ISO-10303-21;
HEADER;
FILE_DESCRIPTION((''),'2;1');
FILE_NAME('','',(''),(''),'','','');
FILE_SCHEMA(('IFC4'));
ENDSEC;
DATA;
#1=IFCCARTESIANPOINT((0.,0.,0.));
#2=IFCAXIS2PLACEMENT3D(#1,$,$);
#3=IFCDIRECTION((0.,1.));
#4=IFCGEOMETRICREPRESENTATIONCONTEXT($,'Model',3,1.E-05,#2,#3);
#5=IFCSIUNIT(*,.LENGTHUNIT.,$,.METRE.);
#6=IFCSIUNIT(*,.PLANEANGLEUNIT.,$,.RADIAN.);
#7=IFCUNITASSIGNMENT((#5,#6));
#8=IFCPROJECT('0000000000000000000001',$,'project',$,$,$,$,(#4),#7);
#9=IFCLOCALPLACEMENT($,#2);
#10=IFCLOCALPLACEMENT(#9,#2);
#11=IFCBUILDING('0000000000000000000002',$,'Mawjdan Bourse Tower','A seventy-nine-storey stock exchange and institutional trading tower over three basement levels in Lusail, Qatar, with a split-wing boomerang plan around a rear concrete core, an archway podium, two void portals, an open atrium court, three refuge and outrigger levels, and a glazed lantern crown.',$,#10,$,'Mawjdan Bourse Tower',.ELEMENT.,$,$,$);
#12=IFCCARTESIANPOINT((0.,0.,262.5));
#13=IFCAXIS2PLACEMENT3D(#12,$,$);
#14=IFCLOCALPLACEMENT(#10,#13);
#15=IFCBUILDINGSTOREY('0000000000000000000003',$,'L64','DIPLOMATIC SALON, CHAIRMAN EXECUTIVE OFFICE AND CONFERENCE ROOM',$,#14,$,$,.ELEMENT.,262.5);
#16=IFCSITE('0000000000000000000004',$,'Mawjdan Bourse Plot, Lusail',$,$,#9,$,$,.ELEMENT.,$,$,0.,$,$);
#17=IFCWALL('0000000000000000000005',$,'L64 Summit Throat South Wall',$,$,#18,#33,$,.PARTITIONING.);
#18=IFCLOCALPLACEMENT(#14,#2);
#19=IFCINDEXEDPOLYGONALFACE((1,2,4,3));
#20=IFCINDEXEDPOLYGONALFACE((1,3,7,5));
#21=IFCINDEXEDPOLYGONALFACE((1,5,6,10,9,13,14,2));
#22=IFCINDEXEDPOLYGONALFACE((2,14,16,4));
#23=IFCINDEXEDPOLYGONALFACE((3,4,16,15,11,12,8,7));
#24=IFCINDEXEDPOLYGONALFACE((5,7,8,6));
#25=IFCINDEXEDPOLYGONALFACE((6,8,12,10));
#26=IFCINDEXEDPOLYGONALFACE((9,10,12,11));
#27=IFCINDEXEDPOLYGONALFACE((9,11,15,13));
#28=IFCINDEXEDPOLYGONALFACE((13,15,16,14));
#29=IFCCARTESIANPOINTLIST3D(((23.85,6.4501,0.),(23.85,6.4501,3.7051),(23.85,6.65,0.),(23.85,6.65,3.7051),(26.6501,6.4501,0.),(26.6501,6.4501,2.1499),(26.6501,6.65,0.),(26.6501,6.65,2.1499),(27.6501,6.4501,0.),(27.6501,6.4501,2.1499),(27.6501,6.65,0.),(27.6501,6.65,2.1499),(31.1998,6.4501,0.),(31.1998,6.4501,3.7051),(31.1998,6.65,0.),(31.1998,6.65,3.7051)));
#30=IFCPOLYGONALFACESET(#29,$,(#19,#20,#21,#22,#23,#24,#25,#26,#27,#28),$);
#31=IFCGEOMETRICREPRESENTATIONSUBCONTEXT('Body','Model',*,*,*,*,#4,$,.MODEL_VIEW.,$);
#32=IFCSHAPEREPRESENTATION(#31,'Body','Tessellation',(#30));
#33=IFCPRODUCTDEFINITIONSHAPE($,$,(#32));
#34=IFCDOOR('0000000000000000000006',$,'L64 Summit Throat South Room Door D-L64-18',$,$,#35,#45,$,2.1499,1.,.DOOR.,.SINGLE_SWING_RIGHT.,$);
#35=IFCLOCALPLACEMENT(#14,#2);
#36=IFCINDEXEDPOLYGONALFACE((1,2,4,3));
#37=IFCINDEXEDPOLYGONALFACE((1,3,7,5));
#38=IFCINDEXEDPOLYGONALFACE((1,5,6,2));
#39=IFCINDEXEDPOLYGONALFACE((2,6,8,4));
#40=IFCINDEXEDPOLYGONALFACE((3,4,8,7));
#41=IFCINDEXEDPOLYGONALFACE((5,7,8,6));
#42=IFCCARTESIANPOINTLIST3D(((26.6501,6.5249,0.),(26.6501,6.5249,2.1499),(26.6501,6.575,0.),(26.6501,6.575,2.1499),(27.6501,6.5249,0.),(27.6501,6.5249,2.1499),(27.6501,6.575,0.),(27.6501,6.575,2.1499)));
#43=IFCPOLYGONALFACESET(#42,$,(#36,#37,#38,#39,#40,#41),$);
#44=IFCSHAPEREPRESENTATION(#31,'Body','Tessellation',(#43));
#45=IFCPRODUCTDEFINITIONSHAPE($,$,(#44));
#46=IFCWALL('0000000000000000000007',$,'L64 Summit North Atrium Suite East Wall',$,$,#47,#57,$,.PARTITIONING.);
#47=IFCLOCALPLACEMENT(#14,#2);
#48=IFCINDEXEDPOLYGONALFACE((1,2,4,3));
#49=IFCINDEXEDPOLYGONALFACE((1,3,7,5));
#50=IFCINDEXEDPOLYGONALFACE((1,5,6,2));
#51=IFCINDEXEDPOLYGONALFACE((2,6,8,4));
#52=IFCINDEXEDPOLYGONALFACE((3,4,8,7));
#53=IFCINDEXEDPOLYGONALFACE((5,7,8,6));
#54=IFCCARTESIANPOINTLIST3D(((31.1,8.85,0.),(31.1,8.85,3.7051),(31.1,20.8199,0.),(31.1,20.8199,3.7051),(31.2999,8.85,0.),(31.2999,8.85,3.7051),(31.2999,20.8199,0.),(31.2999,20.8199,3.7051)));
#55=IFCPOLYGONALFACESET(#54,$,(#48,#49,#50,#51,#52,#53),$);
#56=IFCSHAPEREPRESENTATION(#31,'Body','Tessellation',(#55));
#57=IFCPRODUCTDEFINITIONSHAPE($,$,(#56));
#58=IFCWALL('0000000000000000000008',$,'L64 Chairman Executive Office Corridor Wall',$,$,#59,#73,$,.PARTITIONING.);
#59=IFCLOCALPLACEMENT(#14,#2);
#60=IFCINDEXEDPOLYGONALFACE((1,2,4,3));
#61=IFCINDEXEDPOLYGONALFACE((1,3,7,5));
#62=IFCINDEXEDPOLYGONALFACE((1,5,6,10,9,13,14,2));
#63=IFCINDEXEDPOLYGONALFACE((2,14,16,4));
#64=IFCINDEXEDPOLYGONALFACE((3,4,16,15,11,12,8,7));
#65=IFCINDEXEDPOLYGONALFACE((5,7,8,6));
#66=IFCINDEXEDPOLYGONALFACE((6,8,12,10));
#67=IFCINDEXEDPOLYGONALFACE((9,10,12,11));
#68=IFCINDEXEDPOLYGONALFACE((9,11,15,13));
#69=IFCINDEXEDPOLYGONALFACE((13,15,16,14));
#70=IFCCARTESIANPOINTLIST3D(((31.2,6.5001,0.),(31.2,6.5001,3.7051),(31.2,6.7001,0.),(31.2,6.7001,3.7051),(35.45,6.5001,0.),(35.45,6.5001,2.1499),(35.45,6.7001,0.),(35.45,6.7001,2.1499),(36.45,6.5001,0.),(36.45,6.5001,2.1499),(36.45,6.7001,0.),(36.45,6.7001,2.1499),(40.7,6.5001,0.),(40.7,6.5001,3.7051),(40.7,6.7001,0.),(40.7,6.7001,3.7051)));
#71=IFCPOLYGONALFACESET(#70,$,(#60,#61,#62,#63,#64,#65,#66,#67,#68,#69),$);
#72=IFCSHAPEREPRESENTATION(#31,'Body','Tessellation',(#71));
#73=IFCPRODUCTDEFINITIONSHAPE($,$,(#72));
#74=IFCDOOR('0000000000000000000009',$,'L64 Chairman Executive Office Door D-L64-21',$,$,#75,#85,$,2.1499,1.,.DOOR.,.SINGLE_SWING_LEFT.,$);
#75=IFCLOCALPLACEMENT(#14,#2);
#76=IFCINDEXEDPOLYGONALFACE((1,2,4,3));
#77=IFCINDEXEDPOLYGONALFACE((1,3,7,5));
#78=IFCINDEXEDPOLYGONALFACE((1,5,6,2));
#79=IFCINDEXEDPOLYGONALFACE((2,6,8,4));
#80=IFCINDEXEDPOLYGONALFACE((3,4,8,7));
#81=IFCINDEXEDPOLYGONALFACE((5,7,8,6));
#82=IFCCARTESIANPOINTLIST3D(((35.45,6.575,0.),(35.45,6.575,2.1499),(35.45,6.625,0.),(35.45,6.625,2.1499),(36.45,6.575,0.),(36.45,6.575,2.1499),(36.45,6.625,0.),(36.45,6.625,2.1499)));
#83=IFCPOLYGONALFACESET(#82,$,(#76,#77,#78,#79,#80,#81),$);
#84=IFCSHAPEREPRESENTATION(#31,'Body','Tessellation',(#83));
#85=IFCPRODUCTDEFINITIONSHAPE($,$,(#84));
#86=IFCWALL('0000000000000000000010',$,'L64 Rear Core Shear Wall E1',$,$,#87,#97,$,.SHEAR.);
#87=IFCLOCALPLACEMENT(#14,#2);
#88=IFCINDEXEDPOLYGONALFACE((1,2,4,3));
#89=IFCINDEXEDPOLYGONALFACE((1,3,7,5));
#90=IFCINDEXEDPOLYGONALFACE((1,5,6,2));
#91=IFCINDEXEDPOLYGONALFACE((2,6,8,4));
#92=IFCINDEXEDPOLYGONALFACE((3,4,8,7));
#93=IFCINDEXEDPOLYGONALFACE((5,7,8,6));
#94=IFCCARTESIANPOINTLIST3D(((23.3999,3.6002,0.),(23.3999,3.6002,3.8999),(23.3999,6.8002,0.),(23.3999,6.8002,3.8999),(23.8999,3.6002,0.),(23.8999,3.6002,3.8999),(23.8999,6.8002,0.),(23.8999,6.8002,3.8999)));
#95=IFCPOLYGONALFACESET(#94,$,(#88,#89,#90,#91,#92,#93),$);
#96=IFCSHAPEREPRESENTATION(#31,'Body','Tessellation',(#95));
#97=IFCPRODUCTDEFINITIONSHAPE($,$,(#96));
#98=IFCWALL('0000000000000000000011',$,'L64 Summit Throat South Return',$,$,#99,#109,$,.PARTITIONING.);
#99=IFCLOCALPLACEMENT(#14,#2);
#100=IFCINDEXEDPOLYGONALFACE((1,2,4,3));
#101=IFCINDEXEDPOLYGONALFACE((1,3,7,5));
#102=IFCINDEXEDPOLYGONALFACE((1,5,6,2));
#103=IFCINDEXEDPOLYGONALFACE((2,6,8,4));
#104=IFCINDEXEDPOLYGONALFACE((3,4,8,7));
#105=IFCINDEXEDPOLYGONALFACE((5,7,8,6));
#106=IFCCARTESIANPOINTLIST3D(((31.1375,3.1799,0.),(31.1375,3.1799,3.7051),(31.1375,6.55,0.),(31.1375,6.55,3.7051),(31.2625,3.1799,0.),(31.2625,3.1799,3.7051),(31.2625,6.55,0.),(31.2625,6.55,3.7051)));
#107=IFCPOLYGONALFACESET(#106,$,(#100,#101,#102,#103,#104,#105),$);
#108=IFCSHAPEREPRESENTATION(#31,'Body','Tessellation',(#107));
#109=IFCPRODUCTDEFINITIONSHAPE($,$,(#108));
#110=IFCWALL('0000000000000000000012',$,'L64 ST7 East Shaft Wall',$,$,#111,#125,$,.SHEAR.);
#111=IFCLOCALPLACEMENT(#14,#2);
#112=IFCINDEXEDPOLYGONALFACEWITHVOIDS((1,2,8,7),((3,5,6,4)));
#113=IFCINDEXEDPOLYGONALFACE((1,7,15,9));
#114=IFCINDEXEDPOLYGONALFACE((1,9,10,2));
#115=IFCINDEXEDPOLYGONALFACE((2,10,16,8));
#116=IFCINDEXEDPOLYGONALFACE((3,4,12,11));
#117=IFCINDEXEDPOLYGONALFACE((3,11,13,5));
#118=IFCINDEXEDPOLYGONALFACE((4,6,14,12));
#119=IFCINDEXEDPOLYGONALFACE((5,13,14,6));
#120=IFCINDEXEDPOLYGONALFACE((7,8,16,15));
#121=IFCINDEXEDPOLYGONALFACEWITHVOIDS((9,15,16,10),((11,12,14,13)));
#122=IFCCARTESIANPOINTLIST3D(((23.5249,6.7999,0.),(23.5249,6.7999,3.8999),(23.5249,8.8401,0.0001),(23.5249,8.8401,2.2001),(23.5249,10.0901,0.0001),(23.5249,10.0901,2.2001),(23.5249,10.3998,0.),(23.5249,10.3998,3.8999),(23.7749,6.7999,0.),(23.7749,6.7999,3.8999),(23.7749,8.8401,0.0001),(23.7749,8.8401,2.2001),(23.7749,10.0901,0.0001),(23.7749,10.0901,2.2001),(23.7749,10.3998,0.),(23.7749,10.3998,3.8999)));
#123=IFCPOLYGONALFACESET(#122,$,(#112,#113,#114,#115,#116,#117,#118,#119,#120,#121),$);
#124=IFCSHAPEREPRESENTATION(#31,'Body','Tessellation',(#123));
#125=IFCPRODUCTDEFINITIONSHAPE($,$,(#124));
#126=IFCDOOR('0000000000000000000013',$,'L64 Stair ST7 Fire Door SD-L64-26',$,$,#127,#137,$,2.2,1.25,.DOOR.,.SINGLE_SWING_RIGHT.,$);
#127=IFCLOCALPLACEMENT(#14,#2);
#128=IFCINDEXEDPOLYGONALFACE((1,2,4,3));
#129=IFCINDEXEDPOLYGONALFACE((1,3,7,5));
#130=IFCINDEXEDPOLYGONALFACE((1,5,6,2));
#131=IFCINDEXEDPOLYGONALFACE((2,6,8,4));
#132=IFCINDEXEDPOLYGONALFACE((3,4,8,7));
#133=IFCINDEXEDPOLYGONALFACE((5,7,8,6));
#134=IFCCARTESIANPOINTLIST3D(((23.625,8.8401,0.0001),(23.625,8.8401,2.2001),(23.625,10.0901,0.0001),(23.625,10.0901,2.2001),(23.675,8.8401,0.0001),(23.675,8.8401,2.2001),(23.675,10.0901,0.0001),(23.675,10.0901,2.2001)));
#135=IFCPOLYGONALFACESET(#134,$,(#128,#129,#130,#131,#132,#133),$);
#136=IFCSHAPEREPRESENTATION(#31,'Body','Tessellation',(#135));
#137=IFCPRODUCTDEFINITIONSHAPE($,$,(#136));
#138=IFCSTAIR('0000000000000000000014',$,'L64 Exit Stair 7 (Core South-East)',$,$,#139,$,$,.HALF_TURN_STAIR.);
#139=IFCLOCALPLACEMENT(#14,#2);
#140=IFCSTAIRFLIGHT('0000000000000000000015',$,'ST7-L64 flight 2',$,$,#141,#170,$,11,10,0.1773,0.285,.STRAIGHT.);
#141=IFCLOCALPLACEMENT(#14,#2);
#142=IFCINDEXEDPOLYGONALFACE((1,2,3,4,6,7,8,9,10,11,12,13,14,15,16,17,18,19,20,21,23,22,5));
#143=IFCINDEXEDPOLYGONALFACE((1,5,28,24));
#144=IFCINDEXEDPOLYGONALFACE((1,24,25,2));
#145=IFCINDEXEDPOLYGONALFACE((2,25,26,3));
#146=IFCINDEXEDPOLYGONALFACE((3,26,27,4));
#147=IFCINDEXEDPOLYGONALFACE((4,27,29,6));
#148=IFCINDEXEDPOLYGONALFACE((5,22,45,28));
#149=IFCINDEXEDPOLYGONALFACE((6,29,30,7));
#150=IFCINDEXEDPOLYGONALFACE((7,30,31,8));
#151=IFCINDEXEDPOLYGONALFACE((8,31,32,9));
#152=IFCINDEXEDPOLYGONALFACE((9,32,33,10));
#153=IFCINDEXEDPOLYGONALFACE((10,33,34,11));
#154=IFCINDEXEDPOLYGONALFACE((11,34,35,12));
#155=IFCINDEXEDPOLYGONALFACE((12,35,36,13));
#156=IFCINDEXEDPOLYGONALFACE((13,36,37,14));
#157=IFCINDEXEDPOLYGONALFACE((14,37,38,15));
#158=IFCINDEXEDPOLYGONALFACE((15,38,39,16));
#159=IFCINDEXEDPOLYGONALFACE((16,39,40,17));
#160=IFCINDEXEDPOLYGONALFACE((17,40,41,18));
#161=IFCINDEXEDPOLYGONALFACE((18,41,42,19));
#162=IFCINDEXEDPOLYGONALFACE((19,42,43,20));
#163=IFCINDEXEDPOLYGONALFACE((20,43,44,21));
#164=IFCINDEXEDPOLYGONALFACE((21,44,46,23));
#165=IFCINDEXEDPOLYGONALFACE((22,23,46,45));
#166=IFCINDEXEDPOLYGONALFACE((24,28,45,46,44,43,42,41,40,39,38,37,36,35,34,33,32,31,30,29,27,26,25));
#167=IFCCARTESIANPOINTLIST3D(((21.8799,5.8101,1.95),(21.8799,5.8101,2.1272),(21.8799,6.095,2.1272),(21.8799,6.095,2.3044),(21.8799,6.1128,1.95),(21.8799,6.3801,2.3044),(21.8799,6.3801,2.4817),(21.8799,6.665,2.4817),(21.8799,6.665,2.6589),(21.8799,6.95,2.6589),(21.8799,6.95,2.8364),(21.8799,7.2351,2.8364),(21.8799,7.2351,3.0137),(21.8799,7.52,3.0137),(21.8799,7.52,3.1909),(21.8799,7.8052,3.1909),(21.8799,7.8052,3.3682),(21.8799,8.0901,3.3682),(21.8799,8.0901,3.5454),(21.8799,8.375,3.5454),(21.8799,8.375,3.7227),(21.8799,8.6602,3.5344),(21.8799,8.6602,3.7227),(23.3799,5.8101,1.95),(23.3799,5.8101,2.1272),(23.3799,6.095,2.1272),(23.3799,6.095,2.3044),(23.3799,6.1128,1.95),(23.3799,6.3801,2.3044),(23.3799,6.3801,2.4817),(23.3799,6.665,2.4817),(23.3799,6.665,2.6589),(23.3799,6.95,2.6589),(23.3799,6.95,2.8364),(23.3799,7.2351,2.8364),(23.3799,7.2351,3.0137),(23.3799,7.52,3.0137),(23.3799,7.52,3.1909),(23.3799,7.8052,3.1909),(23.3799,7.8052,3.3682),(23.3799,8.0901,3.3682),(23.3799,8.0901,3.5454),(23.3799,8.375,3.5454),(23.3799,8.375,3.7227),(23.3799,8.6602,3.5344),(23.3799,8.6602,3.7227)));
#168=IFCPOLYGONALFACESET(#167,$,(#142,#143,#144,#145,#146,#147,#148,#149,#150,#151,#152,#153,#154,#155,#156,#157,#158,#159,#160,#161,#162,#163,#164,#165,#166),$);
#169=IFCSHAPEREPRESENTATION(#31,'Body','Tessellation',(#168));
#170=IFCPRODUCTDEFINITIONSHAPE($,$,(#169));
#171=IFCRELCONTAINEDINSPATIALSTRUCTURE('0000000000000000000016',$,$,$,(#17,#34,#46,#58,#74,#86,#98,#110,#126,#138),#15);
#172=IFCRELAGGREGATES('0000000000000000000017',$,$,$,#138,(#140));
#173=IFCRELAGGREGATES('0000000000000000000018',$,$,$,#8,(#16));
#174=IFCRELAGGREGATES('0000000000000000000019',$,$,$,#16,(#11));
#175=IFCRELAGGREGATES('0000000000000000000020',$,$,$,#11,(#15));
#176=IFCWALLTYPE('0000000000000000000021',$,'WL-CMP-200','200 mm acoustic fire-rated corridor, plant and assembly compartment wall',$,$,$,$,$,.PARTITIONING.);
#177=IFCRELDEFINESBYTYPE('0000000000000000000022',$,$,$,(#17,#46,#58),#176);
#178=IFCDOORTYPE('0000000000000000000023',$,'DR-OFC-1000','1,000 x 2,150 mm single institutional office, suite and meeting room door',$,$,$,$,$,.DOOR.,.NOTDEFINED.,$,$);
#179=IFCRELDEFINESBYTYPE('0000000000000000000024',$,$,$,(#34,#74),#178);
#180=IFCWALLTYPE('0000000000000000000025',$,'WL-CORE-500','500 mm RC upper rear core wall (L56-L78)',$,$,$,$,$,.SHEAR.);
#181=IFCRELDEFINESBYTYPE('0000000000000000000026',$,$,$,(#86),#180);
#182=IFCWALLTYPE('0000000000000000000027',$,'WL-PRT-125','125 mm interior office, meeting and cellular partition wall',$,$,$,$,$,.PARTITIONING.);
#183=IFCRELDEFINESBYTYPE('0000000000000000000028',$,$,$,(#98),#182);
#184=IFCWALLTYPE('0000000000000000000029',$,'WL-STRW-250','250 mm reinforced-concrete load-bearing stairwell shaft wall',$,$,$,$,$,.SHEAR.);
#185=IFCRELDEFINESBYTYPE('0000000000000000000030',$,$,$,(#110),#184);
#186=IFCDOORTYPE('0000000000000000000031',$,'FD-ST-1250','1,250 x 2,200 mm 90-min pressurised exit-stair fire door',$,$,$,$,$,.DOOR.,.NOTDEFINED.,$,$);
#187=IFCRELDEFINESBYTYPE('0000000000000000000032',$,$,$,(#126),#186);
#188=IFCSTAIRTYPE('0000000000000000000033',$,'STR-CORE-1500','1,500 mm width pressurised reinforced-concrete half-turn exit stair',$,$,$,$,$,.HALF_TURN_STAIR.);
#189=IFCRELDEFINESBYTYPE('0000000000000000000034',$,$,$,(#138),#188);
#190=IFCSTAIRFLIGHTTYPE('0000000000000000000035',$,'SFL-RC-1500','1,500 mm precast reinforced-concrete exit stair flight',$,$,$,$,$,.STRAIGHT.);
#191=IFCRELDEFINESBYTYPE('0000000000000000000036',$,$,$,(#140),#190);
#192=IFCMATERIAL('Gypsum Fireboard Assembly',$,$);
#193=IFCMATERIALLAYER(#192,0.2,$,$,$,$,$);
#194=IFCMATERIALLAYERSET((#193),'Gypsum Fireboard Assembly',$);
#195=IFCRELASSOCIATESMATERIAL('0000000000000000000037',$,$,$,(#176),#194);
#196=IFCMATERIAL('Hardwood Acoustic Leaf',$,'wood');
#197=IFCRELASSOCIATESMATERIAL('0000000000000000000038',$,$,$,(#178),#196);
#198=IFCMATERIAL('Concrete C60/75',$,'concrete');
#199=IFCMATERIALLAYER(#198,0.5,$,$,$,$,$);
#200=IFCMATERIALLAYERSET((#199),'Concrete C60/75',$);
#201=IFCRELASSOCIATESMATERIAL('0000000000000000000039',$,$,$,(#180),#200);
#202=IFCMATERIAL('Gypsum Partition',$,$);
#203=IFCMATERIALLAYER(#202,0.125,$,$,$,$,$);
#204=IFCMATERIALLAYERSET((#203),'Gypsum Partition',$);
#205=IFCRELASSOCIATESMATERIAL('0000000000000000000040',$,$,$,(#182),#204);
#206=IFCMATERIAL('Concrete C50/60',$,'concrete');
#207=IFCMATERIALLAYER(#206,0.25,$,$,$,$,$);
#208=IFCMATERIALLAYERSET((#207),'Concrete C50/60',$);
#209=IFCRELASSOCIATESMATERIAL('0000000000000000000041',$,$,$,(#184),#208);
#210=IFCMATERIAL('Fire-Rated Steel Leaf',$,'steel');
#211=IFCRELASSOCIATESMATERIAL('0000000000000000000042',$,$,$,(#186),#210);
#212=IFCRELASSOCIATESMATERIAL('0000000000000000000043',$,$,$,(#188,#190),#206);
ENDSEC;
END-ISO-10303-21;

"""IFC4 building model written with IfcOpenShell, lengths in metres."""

from ifc_helpers import new_model, si_unit, direction, frame, frame_2d, origin, place, context, subcontext, project, spatial, polyline, rectangle, outline, extrude, material, layer, layer_set, type_object, element, fill, aggregate, save


model = new_model("IFC4")

# Units and contexts
model_context = context("Model", 3, precision=1e-05, world=origin(), true_north=direction((0.0, 1.0)))
body_context = subcontext(model_context, "Body", "Model", "MODEL_VIEW")
ifc_project = project(units=[si_unit("LENGTHUNIT", "METRE"), si_unit("PLANEANGLEUNIT", "RADIAN")], contexts=[model_context])

# Site, building, storey
site_placement = place(None, origin())
site = spatial("IfcSite", under=ifc_project, at=site_placement, Name="Mawjdan Bourse Plot, Lusail", CompositionType="ELEMENT", RefElevation=0.0)
building_placement = place(site_placement, origin())
building = spatial("IfcBuilding", under=site, at=building_placement, Name="Mawjdan Bourse Tower", Description="A seventy-nine-storey stock exchange and institutional trading tower over three basement levels in Lusail, Qatar, with a split-wing boomerang plan around a rear concrete core, an archway podium, two void portals, an open atrium court, three refuge and outrigger levels, and a glazed lantern crown.", LongName="Mawjdan Bourse Tower", CompositionType="ELEMENT")
storey_placement = place(building_placement, frame((0.0, 0.0, 262.5)))
storey = spatial("IfcBuildingStorey", under=building, at=storey_placement, Name="L64", Description="DIPLOMATIC SALON, CHAIRMAN EXECUTIVE OFFICE AND CONFERENCE ROOM", CompositionType="ELEMENT", Elevation=262.5)

# Shared definitions
ifc_material_1 = material(Name="Concrete C60/75", Category="concrete")

# Wall, opening, door
ifc_material_2 = material(Name="Gypsum Fireboard Assembly")
ifc_layer_1 = layer(ifc_material_2, 0.2)
ifc_layer_set_1 = layer_set([ifc_layer_1], Name="Gypsum Fireboard Assembly")
wall_type_1 = type_object("IfcWallType", Name="WL-CMP-200", Description="200 mm acoustic fire-rated corridor, plant and assembly compartment wall", PredefinedType="PARTITIONING", material=ifc_layer_set_1)
wall_1_placement = place(storey_placement, frame((23.8501, 6.55, 0.0), z_axis=(0.0, 0.0, 1.0), x_axis=(1.0, 0.0, 0.0)))
wall_1 = element("IfcWall", 1, at=wall_1_placement, inside=storey, type_object=wall_type_1, Name="L64 Summit Throat South Wall", PredefinedType="PARTITIONING", context=body_context, shape_type="SweptSolid", body=[
    extrude(rectangle(XDim=7.3499, YDim=0.2, at=frame_2d((3.6748, 0.0))), origin(), (0.0, 0.0, 1.0), 3.7051),
])
opening_1_placement = place(wall_1_placement, frame((2.8, 0.0, 0.0)))
opening_1 = element("IfcOpeningElement", 2, at=opening_1_placement, cuts=wall_1, PredefinedType="OPENING", context=body_context, shape_type="SweptSolid", body=[
    extrude(rectangle(XDim=1.0, YDim=2.1499, at=frame_2d((0.5, 1.075))), frame((0.0, 0.1099, 0.0), z_axis=(0.0, -1.0, 0.0), x_axis=(1.0, 0.0, 0.0)), (0.0, 0.0, 1.0), 0.22),
])
ifc_material_3 = material(Name="Hardwood Acoustic Leaf", Category="wood")
door_type_1 = type_object("IfcDoorType", Name="DR-OFC-1000", Description="1,000 x 2,150 mm single institutional office, suite and meeting room door", OperationType="NOTDEFINED", PredefinedType="DOOR", material=ifc_material_3)
door_1_placement = place(opening_1_placement, origin())
door_1 = element("IfcDoor", 3, at=door_1_placement, inside=storey, type_object=door_type_1, Name="L64 Summit Throat South Room Door D-L64-18", OperationType="SINGLE_SWING_RIGHT", OverallHeight=2.1499, OverallWidth=1.0, PredefinedType="DOOR", context=body_context, shape_type="SweptSolid", body=[
    extrude(rectangle(XDim=1.0, YDim=2.1499, at=frame_2d((0.5, 1.075))), frame((0.0, 0.0249, 0.0), z_axis=(0.0, -1.0, 0.0), x_axis=(1.0, 0.0, 0.0)), (0.0, 0.0, 1.0), 0.05),
])
fill(opening_1, door_1)

# Wall
wall_2_placement = place(storey_placement, frame((31.2, 8.8501, 0.0), z_axis=(0.0, 0.0, 1.0), x_axis=(0.0, 1.0, 0.0)))
element("IfcWall", 4, at=wall_2_placement, inside=storey, type_object=wall_type_1, Name="L64 Summit North Atrium Suite East Wall", PredefinedType="PARTITIONING", context=body_context, shape_type="SweptSolid", body=[
    extrude(rectangle(XDim=11.97, YDim=0.2, at=frame_2d((5.9849, 0.0))), origin(), (0.0, 0.0, 1.0), 3.7051),
])

# Wall, opening, door
wall_3_placement = place(storey_placement, frame((31.2, 6.6001, 0.0), z_axis=(0.0, 0.0, 1.0), x_axis=(1.0, 0.0, 0.0)))
wall_3 = element("IfcWall", 5, at=wall_3_placement, inside=storey, type_object=wall_type_1, Name="L64 Chairman Executive Office Corridor Wall", PredefinedType="PARTITIONING", context=body_context, shape_type="SweptSolid", body=[
    extrude(rectangle(XDim=9.5, YDim=0.2, at=frame_2d((4.75, 0.0))), origin(), (0.0, 0.0, 1.0), 3.7051),
])
opening_2_placement = place(wall_3_placement, frame((4.25, 0.0, 0.0)))
opening_2 = element("IfcOpeningElement", 6, at=opening_2_placement, cuts=wall_3, PredefinedType="OPENING", context=body_context, shape_type="SweptSolid", body=[
    extrude(rectangle(XDim=1.0, YDim=2.1499, at=frame_2d((0.5, 1.075))), frame((0.0, 0.1099, 0.0), z_axis=(0.0, -1.0, 0.0), x_axis=(1.0, 0.0, 0.0)), (0.0, 0.0, 1.0), 0.22),
])
door_2_placement = place(opening_2_placement, origin())
door_2 = element("IfcDoor", 7, at=door_2_placement, inside=storey, type_object=door_type_1, Name="L64 Chairman Executive Office Door D-L64-21", OperationType="SINGLE_SWING_LEFT", OverallHeight=2.1499, OverallWidth=1.0, PredefinedType="DOOR", context=body_context, shape_type="SweptSolid", body=[
    extrude(rectangle(XDim=1.0, YDim=2.1499, at=frame_2d((0.5, 1.075))), frame((0.0, 0.0249, 0.0), z_axis=(0.0, -1.0, 0.0), x_axis=(1.0, 0.0, 0.0)), (0.0, 0.0, 1.0), 0.05),
])
fill(opening_2, door_2)

# Walls
ifc_layer_2 = layer(ifc_material_1, 0.5)
ifc_layer_set_2 = layer_set([ifc_layer_2], Name="Concrete C60/75")
wall_type_2 = type_object("IfcWallType", Name="WL-CORE-500", Description="500 mm RC upper rear core wall (L56-L78)", PredefinedType="SHEAR", material=ifc_layer_set_2)
wall_4_placement = place(storey_placement, frame((23.6499, 3.6001, 0.0), z_axis=(0.0, 0.0, 1.0), x_axis=(0.0, 1.0, 0.0)))
element("IfcWall", 8, at=wall_4_placement, inside=storey, type_object=wall_type_2, Name="L64 Rear Core Shear Wall E1", PredefinedType="SHEAR", context=body_context, shape_type="SweptSolid", body=[
    extrude(rectangle(XDim=3.2, YDim=0.5, at=frame_2d((1.6001, 0.0))), origin(), (0.0, 0.0, 1.0), 3.8999),
])
ifc_material_4 = material(Name="Gypsum Partition")
ifc_layer_3 = layer(ifc_material_4, 0.125)
ifc_layer_set_3 = layer_set([ifc_layer_3], Name="Gypsum Partition")
wall_type_3 = type_object("IfcWallType", Name="WL-PRT-125", Description="125 mm interior office, meeting and cellular partition wall", PredefinedType="PARTITIONING", material=ifc_layer_set_3)
wall_5_placement = place(storey_placement, frame((31.2, 3.1799, 0.0), z_axis=(0.0, 0.0, 1.0), x_axis=(0.0, 1.0, 0.0)))
element("IfcWall", 9, at=wall_5_placement, inside=storey, type_object=wall_type_3, Name="L64 Summit Throat South Return", PredefinedType="PARTITIONING", context=body_context, shape_type="SweptSolid", body=[
    extrude(rectangle(XDim=3.3701, YDim=0.125, at=frame_2d((1.6851, 0.0))), origin(), (0.0, 0.0, 1.0), 3.7051),
])

# Wall, opening, door
ifc_material_5 = material(Name="Concrete C50/60", Category="concrete")
ifc_layer_4 = layer(ifc_material_5, 0.25)
ifc_layer_set_4 = layer_set([ifc_layer_4], Name="Concrete C50/60")
wall_type_4 = type_object("IfcWallType", Name="WL-STRW-250", Description="250 mm reinforced-concrete load-bearing stairwell shaft wall", PredefinedType="SHEAR", material=ifc_layer_set_4)
wall_6_placement = place(storey_placement, frame((23.6499, 6.8, 0.0), z_axis=(0.0, 0.0, 1.0), x_axis=(0.0, 1.0, 0.0)))
wall_6 = element("IfcWall", 10, at=wall_6_placement, inside=storey, type_object=wall_type_4, Name="L64 ST7 East Shaft Wall", PredefinedType="SHEAR", context=body_context, shape_type="SweptSolid", body=[
    extrude(rectangle(XDim=3.5999, YDim=0.25, at=frame_2d((1.7998, 0.0))), origin(), (0.0, 0.0, 1.0), 3.8999),
])
opening_3_placement = place(wall_6_placement, frame((2.04, 0.0, 0.0)))
opening_3 = element("IfcOpeningElement", 11, at=opening_3_placement, cuts=wall_6, PredefinedType="OPENING", context=body_context, shape_type="SweptSolid", body=[
    extrude(rectangle(XDim=1.25, YDim=2.2, at=frame_2d((0.625, 1.1001))), frame((0.0, 0.135, 0.0), z_axis=(0.0, -1.0, 0.0), x_axis=(1.0, 0.0, 0.0)), (0.0, 0.0, 1.0), 0.27),
])
ifc_material_6 = material(Name="Fire-Rated Steel Leaf", Category="steel")
door_type_2 = type_object("IfcDoorType", Name="FD-ST-1250", Description="1,250 x 2,200 mm 90-min pressurised exit-stair fire door", OperationType="NOTDEFINED", PredefinedType="DOOR", material=ifc_material_6)
door_3_placement = place(opening_3_placement, origin())
door_3 = element("IfcDoor", 12, at=door_3_placement, inside=storey, type_object=door_type_2, Name="L64 Stair ST7 Fire Door SD-L64-26", OperationType="SINGLE_SWING_RIGHT", OverallHeight=2.2, OverallWidth=1.25, PredefinedType="DOOR", context=body_context, shape_type="SweptSolid", body=[
    extrude(rectangle(XDim=1.25, YDim=2.2, at=frame_2d((0.625, 1.1001))), frame((0.0, 0.0249, 0.0), z_axis=(0.0, -1.0, 0.0), x_axis=(1.0, 0.0, 0.0)), (0.0, 0.0, 1.0), 0.05),
])
fill(opening_3, door_3)

# Stair, stair flight
stair_type = type_object("IfcStairType", Name="STR-CORE-1500", Description="1,500 mm width pressurised reinforced-concrete half-turn exit stair", PredefinedType="HALF_TURN_STAIR", material=ifc_material_5)
stair_placement = place(storey_placement, origin())
stair = element("IfcStair", 13, at=stair_placement, inside=storey, type_object=stair_type, Name="L64 Exit Stair 7 (Core South-East)", PredefinedType="HALF_TURN_STAIR")
stair_flight_type = type_object("IfcStairFlightType", Name="SFL-RC-1500", Description="1,500 mm precast reinforced-concrete exit stair flight", PredefinedType="STRAIGHT", material=ifc_material_5)
stair_flight_placement = place(storey_placement, frame((22.6299, 5.8101, 1.95), z_axis=(0.0, 0.0, 1.0), x_axis=(0.0, 1.0, 0.0)))
stair_flight = element("IfcStairFlight", 14, at=stair_flight_placement, type_object=stair_flight_type, Name="ST7-L64 flight 2", NumberOfRisers=11, NumberOfTreads=10, PredefinedType="STRAIGHT", RiserHeight=0.1773, TreadLength=0.285, context=body_context, shape_type="SweptSolid", body=[
    extrude(outline(polyline([(0.0, 0.0), (0.0, 0.1772), (0.2849, 0.1772), (0.2849, 0.3545), (0.5701, 0.3545), (0.5701, 0.5317), (0.855, 0.5317), (0.855, 0.709), (1.1399, 0.709), (1.1399, 0.8865), (1.425, 0.8865), (1.425, 1.0637), (1.71, 1.0637), (1.71, 1.241), (1.9951, 1.241), (1.9951, 1.4182), (2.28, 1.4182), (2.28, 1.5955), (2.5649, 1.5955), (2.5649, 1.7727), (2.8501, 1.7727), (2.8501, 1.95), (2.8501, 1.5845), (0.3027, 0.0), (0.0, 0.0)])), frame((0.0, 0.75, 0.0), z_axis=(0.0, -1.0, 0.0), x_axis=(1.0, 0.0, 0.0)), (0.0, 0.0, 1.0), 1.5),
])
aggregate(stair, [stair_flight])

save(model, "model.ifc")
